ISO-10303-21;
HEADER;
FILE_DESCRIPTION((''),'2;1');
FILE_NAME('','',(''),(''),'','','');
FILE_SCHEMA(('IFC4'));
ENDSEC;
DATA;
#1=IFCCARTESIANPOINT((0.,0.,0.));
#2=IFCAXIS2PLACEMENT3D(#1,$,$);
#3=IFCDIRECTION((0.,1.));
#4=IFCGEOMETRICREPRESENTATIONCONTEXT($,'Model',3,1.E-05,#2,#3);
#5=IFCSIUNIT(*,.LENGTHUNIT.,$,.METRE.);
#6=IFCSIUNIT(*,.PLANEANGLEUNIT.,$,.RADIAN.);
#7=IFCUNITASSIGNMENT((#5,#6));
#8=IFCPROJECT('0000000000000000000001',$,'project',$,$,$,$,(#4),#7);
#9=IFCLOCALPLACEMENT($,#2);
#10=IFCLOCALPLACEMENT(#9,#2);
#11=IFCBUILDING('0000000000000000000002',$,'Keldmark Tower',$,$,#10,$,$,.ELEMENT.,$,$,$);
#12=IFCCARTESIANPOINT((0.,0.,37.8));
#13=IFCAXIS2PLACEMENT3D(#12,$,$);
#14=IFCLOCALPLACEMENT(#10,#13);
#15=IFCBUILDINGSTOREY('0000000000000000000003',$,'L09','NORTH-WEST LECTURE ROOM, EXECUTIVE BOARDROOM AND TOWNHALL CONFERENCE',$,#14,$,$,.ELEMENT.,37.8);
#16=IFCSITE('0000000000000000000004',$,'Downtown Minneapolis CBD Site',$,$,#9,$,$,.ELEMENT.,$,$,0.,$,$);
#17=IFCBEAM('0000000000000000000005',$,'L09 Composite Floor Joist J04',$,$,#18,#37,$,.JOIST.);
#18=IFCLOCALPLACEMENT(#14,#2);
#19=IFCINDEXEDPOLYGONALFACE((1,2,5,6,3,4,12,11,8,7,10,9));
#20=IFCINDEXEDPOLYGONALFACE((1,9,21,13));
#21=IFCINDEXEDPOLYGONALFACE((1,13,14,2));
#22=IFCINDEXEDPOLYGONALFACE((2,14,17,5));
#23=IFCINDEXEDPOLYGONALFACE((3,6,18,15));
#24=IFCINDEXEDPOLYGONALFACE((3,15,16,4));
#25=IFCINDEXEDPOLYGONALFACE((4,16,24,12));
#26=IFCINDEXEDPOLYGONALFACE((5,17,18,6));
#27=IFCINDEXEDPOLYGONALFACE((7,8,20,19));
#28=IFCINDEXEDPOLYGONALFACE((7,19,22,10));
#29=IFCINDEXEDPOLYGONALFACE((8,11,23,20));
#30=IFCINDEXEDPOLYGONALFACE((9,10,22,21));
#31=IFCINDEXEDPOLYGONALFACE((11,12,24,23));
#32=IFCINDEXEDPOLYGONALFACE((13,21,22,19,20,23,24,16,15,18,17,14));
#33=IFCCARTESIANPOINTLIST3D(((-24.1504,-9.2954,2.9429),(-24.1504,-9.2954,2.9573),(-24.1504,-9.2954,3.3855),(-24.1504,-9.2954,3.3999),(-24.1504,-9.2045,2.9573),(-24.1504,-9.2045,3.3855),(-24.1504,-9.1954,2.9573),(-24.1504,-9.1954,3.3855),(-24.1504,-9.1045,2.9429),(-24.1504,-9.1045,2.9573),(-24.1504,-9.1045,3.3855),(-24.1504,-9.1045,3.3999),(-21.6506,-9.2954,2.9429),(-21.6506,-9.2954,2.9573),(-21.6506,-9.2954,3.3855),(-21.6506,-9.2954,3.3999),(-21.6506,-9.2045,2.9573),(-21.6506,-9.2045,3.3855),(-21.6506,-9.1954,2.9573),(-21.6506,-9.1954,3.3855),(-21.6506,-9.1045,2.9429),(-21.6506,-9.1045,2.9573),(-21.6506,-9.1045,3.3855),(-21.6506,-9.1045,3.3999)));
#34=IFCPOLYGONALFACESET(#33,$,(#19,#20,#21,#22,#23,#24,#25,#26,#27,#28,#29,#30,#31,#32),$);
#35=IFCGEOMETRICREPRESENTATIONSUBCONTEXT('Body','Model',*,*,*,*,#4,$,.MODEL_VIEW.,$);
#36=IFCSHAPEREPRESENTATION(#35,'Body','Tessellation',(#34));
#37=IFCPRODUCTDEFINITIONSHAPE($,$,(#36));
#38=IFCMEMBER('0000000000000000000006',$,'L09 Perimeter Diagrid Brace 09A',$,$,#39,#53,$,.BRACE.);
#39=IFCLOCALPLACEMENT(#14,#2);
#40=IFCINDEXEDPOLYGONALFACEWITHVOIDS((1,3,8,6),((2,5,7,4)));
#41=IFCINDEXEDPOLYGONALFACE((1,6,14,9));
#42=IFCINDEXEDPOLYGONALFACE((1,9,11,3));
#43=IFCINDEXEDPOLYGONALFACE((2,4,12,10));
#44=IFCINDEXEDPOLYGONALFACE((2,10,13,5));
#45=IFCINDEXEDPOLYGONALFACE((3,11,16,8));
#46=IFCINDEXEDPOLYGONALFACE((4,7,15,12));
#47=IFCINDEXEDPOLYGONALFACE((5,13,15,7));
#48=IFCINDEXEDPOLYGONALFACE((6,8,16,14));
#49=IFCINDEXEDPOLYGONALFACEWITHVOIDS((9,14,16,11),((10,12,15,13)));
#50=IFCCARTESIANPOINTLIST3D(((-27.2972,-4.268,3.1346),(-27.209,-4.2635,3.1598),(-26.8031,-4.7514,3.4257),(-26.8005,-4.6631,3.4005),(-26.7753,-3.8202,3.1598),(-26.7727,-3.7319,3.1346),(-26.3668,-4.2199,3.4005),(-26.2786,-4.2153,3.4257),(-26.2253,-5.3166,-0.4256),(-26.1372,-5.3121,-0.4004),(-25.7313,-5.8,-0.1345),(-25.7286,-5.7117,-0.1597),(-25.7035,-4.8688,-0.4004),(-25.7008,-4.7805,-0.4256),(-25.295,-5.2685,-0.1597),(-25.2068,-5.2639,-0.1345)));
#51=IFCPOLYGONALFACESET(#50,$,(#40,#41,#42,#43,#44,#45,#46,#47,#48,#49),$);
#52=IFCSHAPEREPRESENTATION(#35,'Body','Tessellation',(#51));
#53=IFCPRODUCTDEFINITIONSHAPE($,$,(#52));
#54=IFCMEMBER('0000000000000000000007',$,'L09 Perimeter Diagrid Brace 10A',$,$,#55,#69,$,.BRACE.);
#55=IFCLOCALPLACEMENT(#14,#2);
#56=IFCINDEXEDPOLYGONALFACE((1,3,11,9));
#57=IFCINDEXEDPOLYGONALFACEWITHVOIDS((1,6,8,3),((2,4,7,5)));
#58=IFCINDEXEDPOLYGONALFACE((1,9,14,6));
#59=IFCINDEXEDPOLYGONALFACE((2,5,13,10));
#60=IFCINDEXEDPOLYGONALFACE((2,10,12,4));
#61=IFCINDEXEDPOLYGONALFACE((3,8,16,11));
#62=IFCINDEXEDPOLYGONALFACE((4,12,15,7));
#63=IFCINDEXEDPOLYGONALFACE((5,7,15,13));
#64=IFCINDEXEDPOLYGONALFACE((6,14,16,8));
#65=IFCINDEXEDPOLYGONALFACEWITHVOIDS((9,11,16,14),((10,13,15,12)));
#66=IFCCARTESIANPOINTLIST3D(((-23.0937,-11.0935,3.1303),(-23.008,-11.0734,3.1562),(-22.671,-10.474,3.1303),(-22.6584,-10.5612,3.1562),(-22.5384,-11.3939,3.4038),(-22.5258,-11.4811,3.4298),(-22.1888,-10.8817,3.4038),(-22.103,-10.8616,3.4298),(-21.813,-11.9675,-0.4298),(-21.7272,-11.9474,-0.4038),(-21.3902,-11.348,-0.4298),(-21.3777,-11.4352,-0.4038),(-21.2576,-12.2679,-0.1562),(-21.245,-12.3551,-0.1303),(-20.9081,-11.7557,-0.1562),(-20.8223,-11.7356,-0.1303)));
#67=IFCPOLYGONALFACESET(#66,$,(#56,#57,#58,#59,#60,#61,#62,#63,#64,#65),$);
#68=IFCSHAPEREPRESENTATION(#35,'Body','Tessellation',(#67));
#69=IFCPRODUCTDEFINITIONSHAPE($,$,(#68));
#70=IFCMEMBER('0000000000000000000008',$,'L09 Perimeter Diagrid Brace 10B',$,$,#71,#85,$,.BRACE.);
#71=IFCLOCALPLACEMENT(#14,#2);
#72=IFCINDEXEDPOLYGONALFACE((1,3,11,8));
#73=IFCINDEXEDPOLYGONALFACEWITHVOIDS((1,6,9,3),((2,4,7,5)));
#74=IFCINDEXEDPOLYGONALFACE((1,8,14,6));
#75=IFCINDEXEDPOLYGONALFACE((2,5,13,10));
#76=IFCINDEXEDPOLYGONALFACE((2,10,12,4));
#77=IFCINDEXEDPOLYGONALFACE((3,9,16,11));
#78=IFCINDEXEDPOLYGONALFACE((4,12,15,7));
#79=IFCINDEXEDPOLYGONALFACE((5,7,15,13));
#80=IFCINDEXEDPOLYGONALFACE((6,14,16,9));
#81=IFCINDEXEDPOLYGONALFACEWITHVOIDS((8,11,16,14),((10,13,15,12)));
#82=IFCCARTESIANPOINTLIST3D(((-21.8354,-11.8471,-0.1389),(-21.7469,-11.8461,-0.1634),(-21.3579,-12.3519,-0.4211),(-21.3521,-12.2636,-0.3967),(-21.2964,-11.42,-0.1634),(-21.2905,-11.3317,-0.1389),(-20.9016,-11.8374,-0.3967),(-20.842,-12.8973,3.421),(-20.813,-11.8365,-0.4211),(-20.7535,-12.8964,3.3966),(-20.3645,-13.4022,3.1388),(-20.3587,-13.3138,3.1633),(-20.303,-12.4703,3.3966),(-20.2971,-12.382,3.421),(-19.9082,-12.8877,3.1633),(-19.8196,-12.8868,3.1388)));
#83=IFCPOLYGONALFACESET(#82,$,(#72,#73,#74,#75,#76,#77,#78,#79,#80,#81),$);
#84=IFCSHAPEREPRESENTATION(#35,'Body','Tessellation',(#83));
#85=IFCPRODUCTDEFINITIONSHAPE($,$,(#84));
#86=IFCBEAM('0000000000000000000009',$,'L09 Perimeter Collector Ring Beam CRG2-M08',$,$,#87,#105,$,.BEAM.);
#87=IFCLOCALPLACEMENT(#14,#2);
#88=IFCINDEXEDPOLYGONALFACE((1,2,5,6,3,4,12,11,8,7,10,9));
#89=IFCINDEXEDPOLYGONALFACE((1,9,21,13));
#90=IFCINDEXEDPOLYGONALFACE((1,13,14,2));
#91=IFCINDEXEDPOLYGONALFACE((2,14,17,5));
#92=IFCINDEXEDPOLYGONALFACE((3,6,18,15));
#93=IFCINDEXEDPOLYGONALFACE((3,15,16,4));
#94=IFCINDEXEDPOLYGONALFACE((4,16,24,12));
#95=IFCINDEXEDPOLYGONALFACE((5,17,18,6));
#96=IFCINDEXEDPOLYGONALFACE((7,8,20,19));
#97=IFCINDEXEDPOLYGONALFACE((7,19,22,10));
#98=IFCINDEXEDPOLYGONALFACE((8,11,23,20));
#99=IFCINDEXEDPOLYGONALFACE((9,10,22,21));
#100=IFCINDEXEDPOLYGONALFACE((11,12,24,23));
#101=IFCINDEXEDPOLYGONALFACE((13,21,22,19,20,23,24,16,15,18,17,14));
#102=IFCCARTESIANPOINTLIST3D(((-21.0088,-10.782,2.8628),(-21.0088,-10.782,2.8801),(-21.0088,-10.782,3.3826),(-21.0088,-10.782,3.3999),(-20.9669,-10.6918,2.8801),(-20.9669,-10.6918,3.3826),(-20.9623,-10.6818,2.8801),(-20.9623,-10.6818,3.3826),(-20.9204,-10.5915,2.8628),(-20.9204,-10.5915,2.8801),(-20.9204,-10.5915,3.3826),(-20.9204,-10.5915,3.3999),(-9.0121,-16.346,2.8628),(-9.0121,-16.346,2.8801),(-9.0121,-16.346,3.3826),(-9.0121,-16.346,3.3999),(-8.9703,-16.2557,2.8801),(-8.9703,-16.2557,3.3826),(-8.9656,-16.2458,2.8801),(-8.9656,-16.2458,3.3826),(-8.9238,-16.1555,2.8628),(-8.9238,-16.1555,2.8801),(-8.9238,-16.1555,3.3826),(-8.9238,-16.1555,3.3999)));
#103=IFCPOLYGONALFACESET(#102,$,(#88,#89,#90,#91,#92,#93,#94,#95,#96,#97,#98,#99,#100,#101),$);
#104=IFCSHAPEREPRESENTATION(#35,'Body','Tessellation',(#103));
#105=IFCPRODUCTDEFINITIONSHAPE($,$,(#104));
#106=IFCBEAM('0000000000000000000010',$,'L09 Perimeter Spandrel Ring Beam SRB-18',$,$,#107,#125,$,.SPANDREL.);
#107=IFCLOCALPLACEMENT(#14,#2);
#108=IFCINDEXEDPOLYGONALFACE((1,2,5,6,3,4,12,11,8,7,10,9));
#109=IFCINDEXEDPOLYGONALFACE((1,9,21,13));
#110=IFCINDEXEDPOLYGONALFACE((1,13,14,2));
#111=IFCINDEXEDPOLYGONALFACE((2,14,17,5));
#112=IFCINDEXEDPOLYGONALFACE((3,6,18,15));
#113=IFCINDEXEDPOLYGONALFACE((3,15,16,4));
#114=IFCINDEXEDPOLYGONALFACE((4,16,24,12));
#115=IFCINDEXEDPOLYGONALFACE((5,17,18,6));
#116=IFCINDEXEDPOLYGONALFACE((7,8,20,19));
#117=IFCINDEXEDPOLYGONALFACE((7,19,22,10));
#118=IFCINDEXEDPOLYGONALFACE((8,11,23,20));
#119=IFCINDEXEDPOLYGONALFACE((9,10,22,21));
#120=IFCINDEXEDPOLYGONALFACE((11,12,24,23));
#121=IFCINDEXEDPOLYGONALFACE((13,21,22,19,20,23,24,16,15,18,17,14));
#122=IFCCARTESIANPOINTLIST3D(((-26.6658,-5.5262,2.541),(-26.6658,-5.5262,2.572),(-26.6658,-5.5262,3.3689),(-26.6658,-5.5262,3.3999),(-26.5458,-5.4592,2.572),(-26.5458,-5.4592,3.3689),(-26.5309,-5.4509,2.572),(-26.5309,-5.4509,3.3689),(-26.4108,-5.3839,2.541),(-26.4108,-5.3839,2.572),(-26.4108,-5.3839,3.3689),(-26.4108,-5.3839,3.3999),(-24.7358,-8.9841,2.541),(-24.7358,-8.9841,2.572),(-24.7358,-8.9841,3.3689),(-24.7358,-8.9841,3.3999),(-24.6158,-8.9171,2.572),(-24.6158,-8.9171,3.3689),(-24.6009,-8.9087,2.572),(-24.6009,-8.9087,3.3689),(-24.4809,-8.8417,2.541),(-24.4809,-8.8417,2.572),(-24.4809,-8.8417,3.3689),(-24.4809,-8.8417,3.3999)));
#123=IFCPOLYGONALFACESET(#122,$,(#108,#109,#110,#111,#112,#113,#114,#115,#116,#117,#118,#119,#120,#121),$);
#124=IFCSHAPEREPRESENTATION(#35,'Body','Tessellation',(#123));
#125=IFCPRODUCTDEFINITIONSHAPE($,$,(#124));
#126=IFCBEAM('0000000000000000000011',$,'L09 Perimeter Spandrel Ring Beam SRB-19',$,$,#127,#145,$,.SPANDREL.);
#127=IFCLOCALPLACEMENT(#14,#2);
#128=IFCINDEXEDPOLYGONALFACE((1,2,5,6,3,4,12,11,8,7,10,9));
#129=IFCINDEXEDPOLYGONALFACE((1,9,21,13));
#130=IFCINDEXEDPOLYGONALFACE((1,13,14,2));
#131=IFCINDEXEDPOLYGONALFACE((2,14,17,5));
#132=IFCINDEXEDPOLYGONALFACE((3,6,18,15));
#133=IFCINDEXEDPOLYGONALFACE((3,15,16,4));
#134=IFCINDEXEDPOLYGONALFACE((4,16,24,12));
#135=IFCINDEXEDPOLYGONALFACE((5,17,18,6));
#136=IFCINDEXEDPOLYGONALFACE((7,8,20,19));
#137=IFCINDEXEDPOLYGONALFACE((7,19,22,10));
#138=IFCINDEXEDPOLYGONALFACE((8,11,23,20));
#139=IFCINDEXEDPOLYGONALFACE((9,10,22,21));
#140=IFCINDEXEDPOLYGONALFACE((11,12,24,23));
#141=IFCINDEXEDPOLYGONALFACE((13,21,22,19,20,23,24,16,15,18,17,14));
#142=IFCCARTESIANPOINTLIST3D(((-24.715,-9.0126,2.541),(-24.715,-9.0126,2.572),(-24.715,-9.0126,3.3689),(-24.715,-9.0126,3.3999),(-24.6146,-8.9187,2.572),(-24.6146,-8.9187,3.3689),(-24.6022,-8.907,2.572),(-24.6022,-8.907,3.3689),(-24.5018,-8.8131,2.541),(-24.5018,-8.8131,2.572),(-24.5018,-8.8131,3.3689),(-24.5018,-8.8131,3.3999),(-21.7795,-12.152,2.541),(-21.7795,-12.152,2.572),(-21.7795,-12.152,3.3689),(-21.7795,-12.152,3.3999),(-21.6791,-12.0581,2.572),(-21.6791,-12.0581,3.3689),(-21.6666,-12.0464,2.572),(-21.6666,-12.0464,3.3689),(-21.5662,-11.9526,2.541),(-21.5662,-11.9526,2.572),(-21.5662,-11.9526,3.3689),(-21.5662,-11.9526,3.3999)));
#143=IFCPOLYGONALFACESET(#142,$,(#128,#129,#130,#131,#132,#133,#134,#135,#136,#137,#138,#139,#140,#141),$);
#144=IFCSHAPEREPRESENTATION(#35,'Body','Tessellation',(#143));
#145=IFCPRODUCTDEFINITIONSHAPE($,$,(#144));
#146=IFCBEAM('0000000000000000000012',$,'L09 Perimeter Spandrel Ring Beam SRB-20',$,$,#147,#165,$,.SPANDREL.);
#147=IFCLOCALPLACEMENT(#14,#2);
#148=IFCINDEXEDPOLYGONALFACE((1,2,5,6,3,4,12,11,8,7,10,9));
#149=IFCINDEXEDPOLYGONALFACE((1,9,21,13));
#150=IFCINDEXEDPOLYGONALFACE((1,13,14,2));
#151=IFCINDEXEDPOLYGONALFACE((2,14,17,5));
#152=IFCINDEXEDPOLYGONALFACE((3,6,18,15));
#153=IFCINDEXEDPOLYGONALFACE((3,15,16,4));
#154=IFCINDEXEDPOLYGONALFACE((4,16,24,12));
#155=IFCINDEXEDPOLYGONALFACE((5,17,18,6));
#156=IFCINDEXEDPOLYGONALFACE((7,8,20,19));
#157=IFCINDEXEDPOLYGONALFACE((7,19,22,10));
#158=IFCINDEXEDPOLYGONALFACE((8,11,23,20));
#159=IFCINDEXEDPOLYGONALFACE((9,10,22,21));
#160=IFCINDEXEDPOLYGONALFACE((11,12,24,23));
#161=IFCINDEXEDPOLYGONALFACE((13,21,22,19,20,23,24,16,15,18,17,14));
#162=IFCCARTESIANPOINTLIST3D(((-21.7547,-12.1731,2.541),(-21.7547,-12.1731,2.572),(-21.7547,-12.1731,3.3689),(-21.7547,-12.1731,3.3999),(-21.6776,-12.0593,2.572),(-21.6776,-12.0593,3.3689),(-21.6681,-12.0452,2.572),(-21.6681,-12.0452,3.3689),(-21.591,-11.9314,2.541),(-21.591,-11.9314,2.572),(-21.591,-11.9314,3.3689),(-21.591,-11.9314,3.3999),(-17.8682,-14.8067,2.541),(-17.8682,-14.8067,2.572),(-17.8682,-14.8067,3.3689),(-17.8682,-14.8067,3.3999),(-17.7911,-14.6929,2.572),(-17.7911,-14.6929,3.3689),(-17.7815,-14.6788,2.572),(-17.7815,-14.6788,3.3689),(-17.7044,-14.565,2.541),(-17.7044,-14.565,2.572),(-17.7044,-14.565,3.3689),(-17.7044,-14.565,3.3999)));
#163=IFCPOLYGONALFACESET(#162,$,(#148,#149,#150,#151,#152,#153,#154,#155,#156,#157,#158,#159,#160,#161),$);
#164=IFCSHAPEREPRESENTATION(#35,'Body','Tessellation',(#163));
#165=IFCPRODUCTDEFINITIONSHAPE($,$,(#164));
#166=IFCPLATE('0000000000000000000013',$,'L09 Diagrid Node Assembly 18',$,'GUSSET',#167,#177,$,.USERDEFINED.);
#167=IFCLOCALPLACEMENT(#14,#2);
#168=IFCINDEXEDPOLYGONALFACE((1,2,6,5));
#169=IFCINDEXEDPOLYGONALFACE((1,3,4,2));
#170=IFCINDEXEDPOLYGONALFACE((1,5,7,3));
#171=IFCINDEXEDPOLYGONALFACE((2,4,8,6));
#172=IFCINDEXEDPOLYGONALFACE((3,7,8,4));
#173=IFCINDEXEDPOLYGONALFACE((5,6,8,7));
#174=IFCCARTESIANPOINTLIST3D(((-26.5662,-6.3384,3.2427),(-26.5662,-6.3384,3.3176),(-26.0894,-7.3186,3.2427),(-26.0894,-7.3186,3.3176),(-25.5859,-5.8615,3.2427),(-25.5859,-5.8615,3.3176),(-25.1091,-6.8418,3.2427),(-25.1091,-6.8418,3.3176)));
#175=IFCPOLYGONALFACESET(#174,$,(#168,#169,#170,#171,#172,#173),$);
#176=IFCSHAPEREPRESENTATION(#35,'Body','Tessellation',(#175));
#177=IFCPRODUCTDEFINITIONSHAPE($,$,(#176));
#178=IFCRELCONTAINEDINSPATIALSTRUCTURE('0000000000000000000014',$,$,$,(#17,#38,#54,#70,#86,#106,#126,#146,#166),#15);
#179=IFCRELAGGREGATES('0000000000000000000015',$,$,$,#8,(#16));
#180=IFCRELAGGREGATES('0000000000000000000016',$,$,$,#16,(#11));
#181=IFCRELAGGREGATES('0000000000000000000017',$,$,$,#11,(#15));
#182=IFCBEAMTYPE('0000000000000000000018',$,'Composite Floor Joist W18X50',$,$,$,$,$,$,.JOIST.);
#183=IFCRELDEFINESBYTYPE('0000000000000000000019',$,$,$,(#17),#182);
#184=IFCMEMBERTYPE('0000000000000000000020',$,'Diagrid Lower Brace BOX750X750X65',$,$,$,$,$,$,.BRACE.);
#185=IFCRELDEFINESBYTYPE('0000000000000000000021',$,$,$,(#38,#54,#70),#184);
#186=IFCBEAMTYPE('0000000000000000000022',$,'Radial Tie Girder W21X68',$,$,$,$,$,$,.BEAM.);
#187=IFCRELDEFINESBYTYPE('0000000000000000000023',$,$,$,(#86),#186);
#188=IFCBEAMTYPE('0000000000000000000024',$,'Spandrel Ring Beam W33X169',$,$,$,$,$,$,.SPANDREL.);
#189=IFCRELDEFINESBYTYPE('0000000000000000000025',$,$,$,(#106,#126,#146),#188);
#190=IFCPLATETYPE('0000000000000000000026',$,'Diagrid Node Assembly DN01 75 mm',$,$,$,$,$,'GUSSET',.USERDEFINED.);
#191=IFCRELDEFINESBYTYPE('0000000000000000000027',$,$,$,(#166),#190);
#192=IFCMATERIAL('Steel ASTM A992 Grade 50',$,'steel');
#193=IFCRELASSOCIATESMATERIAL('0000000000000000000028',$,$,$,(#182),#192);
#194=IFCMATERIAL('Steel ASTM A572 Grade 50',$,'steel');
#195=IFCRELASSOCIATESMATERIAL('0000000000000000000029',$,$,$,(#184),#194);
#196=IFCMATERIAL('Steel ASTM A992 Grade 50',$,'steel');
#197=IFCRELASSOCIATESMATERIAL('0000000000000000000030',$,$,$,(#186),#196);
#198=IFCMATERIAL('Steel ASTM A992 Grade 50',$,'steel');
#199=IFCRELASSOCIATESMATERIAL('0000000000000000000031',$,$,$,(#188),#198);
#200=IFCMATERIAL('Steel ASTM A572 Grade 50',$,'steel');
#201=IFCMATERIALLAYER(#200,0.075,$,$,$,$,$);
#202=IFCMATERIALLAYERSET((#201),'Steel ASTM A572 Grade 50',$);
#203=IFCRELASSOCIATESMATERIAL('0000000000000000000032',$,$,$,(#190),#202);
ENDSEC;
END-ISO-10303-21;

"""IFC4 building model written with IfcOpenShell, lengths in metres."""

from ifc_helpers import new_model, si_unit, direction, frame, origin, origin_2d, place, context, subcontext, project, spatial, rectangle, hollow_rectangle, i_section, extrude, material, layer, layer_set, material_profile, profile_set, type_object, element, save


model = new_model("IFC4")

# Units and contexts
model_context = context("Model", 3, precision=1e-05, world=origin(), true_north=direction((0.0, 1.0)))
body_context = subcontext(model_context, "Body", "Model", "MODEL_VIEW")
ifc_project = project(units=[si_unit("LENGTHUNIT", "METRE"), si_unit("PLANEANGLEUNIT", "RADIAN")], contexts=[model_context])

# Site, building, storey
site_placement = place(None, origin())
site = spatial("IfcSite", under=ifc_project, at=site_placement, Name="Downtown Minneapolis CBD Site", CompositionType="ELEMENT", RefElevation=0.0)
building_placement = place(site_placement, origin())
building = spatial("IfcBuilding", under=site, at=building_placement, Name="Keldmark Tower", CompositionType="ELEMENT")
storey_placement = place(building_placement, frame((0.0, 0.0, 37.8)))
storey = spatial("IfcBuildingStorey", under=building, at=storey_placement, Name="L09", Description="NORTH-WEST LECTURE ROOM, EXECUTIVE BOARDROOM AND TOWNHALL CONFERENCE", CompositionType="ELEMENT", Elevation=37.8)

# Beam
ifc_material_1 = material(Name="Steel ASTM A992 Grade 50", Category="steel")
ifc_material_profile_1 = material_profile(ifc_material_1, i_section(OverallWidth=0.1909, OverallDepth=0.457, WebThickness=0.009, FlangeThickness=0.0144, at=origin_2d()), Name="W18X50")
ifc_profile_set_1 = profile_set([ifc_material_profile_1], Name="Steel ASTM A992 Grade 50")
beam_type_1 = type_object("IfcBeamType", Name="Composite Floor Joist W18X50", PredefinedType="JOIST", material=ifc_profile_set_1)
beam_1_placement = place(storey_placement, frame((-24.1504, -9.2, 3.1714), z_axis=(1.0, 0.0, 0.0), x_axis=(0.0, 1.0, 0.0)))
element("IfcBeam", 1, at=beam_1_placement, inside=storey, type_object=beam_type_1, Name="L09 Composite Floor Joist J04", PredefinedType="JOIST", context=body_context, shape_type="SweptSolid", body=[
    extrude(i_section(OverallWidth=0.1909, OverallDepth=0.457, WebThickness=0.009, FlangeThickness=0.0144, at=origin_2d()), origin(), (0.0, 0.0, 1.0), 2.4998),
])

# Members
ifc_material_2 = material(Name="Steel ASTM A572 Grade 50", Category="steel")
ifc_material_profile_2 = material_profile(ifc_material_2, hollow_rectangle(XDim=0.75, YDim=0.75, WallThickness=0.0649, at=origin_2d()), Name="BOX750X750X65")
ifc_profile_set_2 = profile_set([ifc_material_profile_2], Name="Steel ASTM A572 Grade 50")
member_type = type_object("IfcMemberType", Name="Diagrid Lower Brace BOX750X750X65", PredefinedType="BRACE", material=ifc_profile_set_2)
member_1_placement = place(storey_placement, frame((-25.7161, -5.2903, -0.28), z_axis=(-0.277452, 0.271448, 0.921595), x_axis=(-0.69933, -0.714799, 0.0)))
element("IfcMember", 2, at=member_1_placement, inside=storey, type_object=member_type, Name="L09 Perimeter Diagrid Brace 09A", PredefinedType="BRACE", context=body_context, shape_type="SweptSolid", body=[
    extrude(hollow_rectangle(XDim=0.75, YDim=0.75, WallThickness=0.0649, at=origin_2d()), origin(), (0.0, 0.0, 1.0), 3.863),
])
member_2_placement = place(storey_placement, frame((-21.3176, -11.8516, -0.28), z_axis=(-0.329832, 0.225085, 0.916814), x_axis=(-0.563679, -0.825994, 0.0)))
element("IfcMember", 3, at=member_2_placement, inside=storey, type_object=member_type, Name="L09 Perimeter Diagrid Brace 10A", PredefinedType="BRACE", context=body_context, shape_type="SweptSolid", body=[
    extrude(hollow_rectangle(XDim=0.75, YDim=0.75, WallThickness=0.0649, at=origin_2d()), origin(), (0.0, 0.0, 1.0), 3.8831),
])
member_3_placement = place(storey_placement, frame((-21.3242, -11.8418, -0.28), z_axis=(0.258539, -0.273343, 0.926521), x_axis=(0.726507, 0.687159, 0.0)))
element("IfcMember", 4, at=member_3_placement, inside=storey, type_object=member_type, Name="L09 Perimeter Diagrid Brace 10B", PredefinedType="BRACE", context=body_context, shape_type="SweptSolid", body=[
    extrude(hollow_rectangle(XDim=0.75, YDim=0.75, WallThickness=0.0649, at=origin_2d()), origin(), (0.0, 0.0, 1.0), 3.8423),
])

# Beams
ifc_material_3 = material(Name="Steel ASTM A992 Grade 50", Category="steel")
ifc_material_profile_3 = material_profile(ifc_material_3, i_section(OverallWidth=0.21, OverallDepth=0.5371, WebThickness=0.011, FlangeThickness=0.0173, at=origin_2d()), Name="W21X68")
ifc_profile_set_3 = profile_set([ifc_material_profile_3], Name="Steel ASTM A992 Grade 50")
beam_type_2 = type_object("IfcBeamType", Name="Radial Tie Girder W21X68", PredefinedType="BEAM", material=ifc_profile_set_3)
beam_2_placement = place(storey_placement, frame((-20.9646, -10.6868, 3.1313), z_axis=(0.907179, -0.420746, 0.0), x_axis=(0.420746, 0.907179, 0.0)))
element("IfcBeam", 5, at=beam_2_placement, inside=storey, type_object=beam_type_2, Name="L09 Perimeter Collector Ring Beam CRG2-M08", PredefinedType="BEAM", context=body_context, shape_type="SweptSolid", body=[
    extrude(i_section(OverallWidth=0.21, OverallDepth=0.5371, WebThickness=0.011, FlangeThickness=0.0173, at=origin_2d()), origin(), (0.0, 0.0, 1.0), 13.2241),
])
ifc_material_4 = material(Name="Steel ASTM A992 Grade 50", Category="steel")
ifc_material_profile_4 = material_profile(ifc_material_4, i_section(OverallWidth=0.292, OverallDepth=0.8589, WebThickness=0.0171, FlangeThickness=0.031, at=origin_2d()), Name="W33X169")
ifc_profile_set_4 = profile_set([ifc_material_profile_4], Name="Steel ASTM A992 Grade 50")
beam_type_3 = type_object("IfcBeamType", Name="Spandrel Ring Beam W33X169", PredefinedType="SPANDREL", material=ifc_profile_set_4)
beam_3_placement = place(storey_placement, frame((-26.5383, -5.4551, 2.9705), z_axis=(0.487369, -0.873196, 0.0), x_axis=(0.873196, 0.487369, 0.0)))
element("IfcBeam", 6, at=beam_3_placement, inside=storey, type_object=beam_type_3, Name="L09 Perimeter Spandrel Ring Beam SRB-18", PredefinedType="SPANDREL", context=body_context, shape_type="SweptSolid", body=[
    extrude(i_section(OverallWidth=0.292, OverallDepth=0.8589, WebThickness=0.0171, FlangeThickness=0.031, at=origin_2d()), origin(), (0.0, 0.0, 1.0), 3.96),
])
beam_4_placement = place(storey_placement, frame((-24.6084, -8.9128, 2.9705), z_axis=(0.682994, -0.730424, 0.0), x_axis=(0.730424, 0.682994, 0.0)))
element("IfcBeam", 7, at=beam_4_placement, inside=storey, type_object=beam_type_3, Name="L09 Perimeter Spandrel Ring Beam SRB-19", PredefinedType="SPANDREL", context=body_context, shape_type="SweptSolid", body=[
    extrude(i_section(OverallWidth=0.292, OverallDepth=0.8589, WebThickness=0.0171, FlangeThickness=0.031, at=origin_2d()), origin(), (0.0, 0.0, 1.0), 4.2981),
])
beam_5_placement = place(storey_placement, frame((-21.6729, -12.0522, 2.9705), z_axis=(0.827842, -0.560961, 0.0), x_axis=(0.560961, 0.827842, 0.0)))
element("IfcBeam", 8, at=beam_5_placement, inside=storey, type_object=beam_type_3, Name="L09 Perimeter Spandrel Ring Beam SRB-20", PredefinedType="SPANDREL", context=body_context, shape_type="SweptSolid", body=[
    extrude(i_section(OverallWidth=0.292, OverallDepth=0.8589, WebThickness=0.0171, FlangeThickness=0.031, at=origin_2d()), origin(), (0.0, 0.0, 1.0), 4.6948),
])

# Plate
ifc_material_5 = material(Name="Steel ASTM A572 Grade 50", Category="steel")
ifc_layer_1 = layer(ifc_material_5, 0.075)
ifc_layer_set_1 = layer_set([ifc_layer_1], Name="Steel ASTM A572 Grade 50")
plate_type = type_object("IfcPlateType", Name="Diagrid Node Assembly DN01 75 mm", ElementType="GUSSET", PredefinedType="USERDEFINED", material=ifc_layer_set_1)
for number, where, z_axis, x_axis, name in (
    (9, (-25.8376, -6.5901, 3.2427), (0.0, 0.0, 1.0), (0.43743, -0.899253, 0.0), "L09 Diagrid Node Assembly 18"),
):
    element("IfcPlate", number, at=place(storey_placement, frame(where, z_axis=z_axis, x_axis=x_axis)), inside=storey, type_object=plate_type, Name=name, ObjectType="GUSSET", PredefinedType="USERDEFINED", context=body_context, shape_type="SweptSolid", body=[
        extrude(rectangle(XDim=1.0901, YDim=1.0901, at=origin_2d()), origin(), (0.0, 0.0, 1.0), 0.075),
    ])

save(model, "model.ifc")
